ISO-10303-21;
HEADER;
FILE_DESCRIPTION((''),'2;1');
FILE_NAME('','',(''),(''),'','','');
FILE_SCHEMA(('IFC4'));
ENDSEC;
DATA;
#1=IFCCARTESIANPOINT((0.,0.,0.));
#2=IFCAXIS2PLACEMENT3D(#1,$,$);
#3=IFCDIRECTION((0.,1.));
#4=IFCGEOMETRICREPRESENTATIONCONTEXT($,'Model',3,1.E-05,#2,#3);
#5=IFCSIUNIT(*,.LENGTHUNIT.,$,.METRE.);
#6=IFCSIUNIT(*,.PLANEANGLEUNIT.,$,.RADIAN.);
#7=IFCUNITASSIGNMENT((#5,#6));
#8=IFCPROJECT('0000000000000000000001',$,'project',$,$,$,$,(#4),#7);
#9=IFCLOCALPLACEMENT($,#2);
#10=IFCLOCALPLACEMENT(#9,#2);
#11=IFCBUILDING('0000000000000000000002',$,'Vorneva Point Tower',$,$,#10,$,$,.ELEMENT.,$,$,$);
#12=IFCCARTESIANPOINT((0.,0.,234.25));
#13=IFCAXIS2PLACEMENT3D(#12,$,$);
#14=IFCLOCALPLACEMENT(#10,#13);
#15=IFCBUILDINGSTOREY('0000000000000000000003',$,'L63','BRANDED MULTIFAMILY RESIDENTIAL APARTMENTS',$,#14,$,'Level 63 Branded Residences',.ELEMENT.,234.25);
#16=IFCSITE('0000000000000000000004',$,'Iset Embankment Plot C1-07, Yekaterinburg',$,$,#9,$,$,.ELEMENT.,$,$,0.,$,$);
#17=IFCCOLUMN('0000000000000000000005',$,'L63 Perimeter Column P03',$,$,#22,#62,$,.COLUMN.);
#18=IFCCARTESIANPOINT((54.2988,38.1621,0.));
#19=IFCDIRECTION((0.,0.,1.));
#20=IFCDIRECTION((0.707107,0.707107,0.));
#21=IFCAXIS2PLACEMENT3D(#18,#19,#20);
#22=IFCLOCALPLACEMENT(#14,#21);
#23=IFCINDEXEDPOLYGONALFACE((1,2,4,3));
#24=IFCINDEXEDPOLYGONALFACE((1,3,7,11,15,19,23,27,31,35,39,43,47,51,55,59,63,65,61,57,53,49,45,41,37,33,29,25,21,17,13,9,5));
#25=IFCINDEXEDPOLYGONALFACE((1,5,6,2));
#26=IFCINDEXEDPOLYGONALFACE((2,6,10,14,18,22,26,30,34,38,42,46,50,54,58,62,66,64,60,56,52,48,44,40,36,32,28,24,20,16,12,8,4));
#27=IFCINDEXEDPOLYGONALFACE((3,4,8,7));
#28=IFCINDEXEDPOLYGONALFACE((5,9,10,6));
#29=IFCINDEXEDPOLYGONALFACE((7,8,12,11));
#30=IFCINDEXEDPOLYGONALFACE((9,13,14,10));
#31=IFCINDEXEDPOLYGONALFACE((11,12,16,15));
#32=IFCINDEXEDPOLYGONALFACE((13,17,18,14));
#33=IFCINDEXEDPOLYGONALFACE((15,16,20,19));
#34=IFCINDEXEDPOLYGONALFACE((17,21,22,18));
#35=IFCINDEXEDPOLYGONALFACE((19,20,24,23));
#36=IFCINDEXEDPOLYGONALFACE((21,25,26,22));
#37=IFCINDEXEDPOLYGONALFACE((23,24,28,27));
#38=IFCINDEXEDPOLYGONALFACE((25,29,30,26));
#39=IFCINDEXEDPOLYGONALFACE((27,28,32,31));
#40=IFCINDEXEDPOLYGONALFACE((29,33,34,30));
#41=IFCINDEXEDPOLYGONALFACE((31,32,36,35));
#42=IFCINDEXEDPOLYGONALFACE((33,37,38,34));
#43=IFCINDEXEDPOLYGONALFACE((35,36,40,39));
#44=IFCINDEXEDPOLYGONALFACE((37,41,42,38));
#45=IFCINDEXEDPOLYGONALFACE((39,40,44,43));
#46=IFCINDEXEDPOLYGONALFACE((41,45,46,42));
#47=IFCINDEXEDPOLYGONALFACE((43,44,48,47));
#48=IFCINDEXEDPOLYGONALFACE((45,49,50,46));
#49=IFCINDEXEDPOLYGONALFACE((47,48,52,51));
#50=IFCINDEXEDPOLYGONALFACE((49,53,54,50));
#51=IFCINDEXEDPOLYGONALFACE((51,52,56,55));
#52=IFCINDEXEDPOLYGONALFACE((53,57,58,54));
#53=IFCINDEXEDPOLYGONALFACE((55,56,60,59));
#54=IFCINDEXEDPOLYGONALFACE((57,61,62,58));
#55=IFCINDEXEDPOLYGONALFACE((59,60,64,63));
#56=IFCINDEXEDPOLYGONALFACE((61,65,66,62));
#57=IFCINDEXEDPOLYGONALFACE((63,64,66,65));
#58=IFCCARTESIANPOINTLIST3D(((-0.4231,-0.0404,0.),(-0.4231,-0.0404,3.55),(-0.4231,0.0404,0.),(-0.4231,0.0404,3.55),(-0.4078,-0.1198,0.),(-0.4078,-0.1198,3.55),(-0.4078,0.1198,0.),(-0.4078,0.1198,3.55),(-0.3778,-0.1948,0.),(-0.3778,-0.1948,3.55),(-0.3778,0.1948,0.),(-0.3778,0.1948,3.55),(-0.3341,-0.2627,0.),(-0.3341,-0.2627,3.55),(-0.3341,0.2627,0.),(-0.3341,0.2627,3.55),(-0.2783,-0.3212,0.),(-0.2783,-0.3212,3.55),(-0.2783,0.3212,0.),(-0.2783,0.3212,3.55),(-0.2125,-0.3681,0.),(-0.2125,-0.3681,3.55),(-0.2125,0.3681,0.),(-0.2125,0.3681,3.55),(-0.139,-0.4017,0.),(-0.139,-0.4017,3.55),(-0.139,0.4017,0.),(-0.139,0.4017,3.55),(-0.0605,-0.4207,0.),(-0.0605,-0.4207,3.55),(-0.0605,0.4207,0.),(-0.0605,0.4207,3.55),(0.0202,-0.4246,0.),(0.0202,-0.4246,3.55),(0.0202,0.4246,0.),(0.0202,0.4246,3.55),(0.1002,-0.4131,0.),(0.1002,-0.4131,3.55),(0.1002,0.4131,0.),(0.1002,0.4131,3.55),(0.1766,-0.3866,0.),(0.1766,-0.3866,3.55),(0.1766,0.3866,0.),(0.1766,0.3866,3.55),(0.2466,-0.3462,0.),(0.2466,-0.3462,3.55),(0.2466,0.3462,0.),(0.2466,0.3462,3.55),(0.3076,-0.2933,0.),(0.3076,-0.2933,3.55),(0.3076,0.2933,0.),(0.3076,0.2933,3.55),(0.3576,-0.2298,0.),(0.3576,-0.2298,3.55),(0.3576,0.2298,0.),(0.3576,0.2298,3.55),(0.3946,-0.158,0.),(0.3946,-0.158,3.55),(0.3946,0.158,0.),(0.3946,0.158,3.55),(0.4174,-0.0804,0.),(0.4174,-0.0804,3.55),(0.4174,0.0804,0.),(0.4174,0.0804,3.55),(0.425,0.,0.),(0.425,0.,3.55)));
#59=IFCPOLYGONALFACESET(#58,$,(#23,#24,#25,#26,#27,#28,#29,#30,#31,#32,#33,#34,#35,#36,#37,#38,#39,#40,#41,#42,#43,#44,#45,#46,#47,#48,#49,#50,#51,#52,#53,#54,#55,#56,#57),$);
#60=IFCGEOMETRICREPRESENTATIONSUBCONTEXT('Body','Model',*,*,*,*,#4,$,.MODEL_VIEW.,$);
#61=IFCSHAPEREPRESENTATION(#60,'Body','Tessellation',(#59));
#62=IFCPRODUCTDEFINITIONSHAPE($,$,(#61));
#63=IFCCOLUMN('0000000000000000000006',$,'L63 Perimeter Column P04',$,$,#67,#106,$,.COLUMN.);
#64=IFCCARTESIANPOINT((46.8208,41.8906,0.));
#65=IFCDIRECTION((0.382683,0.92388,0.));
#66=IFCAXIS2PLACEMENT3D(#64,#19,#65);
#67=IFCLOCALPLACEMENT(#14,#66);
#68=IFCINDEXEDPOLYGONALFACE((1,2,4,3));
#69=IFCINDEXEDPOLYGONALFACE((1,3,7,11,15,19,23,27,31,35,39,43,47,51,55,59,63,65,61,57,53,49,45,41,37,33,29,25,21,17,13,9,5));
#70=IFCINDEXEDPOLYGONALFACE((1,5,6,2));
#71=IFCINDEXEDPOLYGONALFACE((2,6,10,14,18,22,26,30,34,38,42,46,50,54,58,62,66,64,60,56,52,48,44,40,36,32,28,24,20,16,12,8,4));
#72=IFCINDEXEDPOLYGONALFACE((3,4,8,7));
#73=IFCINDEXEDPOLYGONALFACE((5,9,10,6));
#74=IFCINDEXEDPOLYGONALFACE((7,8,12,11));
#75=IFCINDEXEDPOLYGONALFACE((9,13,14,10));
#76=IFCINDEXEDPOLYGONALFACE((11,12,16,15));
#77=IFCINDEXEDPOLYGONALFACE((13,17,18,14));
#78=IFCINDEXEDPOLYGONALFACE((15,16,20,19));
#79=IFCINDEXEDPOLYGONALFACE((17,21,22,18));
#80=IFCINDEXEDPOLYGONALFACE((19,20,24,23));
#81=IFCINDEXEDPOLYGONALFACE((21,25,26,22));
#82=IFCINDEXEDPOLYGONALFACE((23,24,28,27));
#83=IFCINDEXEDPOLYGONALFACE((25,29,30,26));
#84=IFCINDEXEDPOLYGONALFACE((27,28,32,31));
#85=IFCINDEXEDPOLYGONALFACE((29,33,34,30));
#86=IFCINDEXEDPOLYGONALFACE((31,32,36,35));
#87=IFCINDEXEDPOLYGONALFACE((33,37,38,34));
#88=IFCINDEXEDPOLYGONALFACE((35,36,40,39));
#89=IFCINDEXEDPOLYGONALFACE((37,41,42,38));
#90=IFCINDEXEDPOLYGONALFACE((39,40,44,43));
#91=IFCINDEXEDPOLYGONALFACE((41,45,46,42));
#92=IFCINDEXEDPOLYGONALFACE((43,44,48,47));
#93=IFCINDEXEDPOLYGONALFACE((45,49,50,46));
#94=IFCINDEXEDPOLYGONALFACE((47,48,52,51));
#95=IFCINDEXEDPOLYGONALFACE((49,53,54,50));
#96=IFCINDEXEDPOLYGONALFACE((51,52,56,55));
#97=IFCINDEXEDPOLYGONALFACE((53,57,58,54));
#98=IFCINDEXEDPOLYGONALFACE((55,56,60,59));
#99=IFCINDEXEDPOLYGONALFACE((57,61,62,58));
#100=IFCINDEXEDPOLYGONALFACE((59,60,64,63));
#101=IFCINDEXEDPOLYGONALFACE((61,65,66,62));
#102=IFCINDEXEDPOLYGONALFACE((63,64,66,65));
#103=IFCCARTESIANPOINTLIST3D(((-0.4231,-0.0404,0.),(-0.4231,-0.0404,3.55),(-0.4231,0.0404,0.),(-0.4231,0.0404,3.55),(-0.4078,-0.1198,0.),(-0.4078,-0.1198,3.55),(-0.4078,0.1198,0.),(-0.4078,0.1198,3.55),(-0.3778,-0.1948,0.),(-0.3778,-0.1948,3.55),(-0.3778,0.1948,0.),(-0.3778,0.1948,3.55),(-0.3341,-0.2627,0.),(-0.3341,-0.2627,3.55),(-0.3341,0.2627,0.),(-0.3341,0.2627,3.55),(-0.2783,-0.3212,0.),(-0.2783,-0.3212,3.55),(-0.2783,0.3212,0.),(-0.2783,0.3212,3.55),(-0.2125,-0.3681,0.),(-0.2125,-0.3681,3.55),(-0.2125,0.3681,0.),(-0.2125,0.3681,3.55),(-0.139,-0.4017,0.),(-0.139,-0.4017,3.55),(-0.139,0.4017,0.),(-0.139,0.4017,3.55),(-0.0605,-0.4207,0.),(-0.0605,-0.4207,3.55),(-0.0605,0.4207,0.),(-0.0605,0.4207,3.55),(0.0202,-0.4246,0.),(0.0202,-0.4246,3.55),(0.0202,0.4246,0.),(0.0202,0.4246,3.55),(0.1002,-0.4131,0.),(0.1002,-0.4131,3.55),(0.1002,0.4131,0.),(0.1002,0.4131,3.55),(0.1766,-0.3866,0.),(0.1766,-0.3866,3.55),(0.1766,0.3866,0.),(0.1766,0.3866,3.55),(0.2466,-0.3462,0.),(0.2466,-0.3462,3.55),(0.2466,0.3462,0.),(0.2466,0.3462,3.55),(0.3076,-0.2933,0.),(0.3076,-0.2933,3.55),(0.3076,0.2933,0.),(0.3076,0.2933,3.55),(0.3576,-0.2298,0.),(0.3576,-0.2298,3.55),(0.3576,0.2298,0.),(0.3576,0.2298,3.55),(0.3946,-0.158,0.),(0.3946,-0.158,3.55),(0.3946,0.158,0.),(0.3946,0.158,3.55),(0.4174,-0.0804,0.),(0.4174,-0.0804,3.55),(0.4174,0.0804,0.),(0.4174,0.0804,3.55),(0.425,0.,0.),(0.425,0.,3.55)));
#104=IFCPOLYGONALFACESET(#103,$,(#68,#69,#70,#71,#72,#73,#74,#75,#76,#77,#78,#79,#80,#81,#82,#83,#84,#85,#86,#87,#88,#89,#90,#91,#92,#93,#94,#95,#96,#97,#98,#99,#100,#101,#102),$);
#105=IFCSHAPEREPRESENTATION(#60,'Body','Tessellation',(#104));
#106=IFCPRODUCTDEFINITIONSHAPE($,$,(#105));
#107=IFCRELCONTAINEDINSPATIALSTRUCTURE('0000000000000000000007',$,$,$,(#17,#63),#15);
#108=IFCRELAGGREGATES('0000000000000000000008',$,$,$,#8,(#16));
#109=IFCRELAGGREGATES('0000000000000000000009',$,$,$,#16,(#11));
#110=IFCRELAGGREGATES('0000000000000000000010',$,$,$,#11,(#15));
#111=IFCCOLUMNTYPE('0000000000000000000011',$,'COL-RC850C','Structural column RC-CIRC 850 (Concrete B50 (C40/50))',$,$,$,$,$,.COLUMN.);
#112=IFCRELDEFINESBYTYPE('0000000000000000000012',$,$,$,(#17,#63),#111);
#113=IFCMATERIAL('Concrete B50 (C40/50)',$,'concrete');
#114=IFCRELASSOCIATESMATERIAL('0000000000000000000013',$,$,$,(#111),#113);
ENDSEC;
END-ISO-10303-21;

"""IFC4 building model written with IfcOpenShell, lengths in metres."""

from ifc_helpers import new_model, si_unit, direction, frame, origin, origin_2d, place, context, subcontext, project, spatial, circle, extrude, material, material_profile, profile_set, type_object, element, save


model = new_model("IFC4")

# Units and contexts
model_context = context("Model", 3, precision=1e-05, world=origin(), true_north=direction((0.0, 1.0)))
body_context = subcontext(model_context, "Body", "Model", "MODEL_VIEW")
ifc_project = project(units=[si_unit("LENGTHUNIT", "METRE"), si_unit("PLANEANGLEUNIT", "RADIAN")], contexts=[model_context])

# Site, building, storey
site_placement = place(None, origin())
site = spatial("IfcSite", under=ifc_project, at=site_placement, Name="Iset Embankment Plot C1-07, Yekaterinburg", CompositionType="ELEMENT", RefElevation=0.0)
building_placement = place(site_placement, origin())
building = spatial("IfcBuilding", under=site, at=building_placement, Name="Vorneva Point Tower", CompositionType="ELEMENT")
storey_placement = place(building_placement, frame((0.0, 0.0, 234.25)))
storey = spatial("IfcBuildingStorey", under=building, at=storey_placement, Name="L63", Description="BRANDED MULTIFAMILY RESIDENTIAL APARTMENTS", LongName="Level 63 Branded Residences", CompositionType="ELEMENT", Elevation=234.25)

# Columns
ifc_material_1 = material(Name="Concrete B50 (C40/50)", Category="concrete")
ifc_material_profile_1 = material_profile(ifc_material_1, circle(Radius=0.425, at=origin_2d()), Name="RC-CIRC 850")
ifc_profile_set_1 = profile_set([ifc_material_profile_1], Name="Concrete B50 (C40/50)")
column_type = type_object("IfcColumnType", Name="COL-RC850C", Description="Structural column RC-CIRC 850 (Concrete B50 (C40/50))", PredefinedType="COLUMN", material=ifc_profile_set_1)
for number, where, z_axis, x_axis, name in (
    (1, (54.2988, 38.1621, 0.0), (0.0, 0.0, 1.0), (0.707107, 0.707107, 0.0), "L63 Perimeter Column P03"),
    (2, (46.8208, 41.8906, 0.0), (0.0, 0.0, 1.0), (0.382683, 0.92388, 0.0), "L63 Perimeter Column P04"),
):
    element("IfcColumn", number, at=place(storey_placement, frame(where, z_axis=z_axis, x_axis=x_axis)), inside=storey, type_object=column_type, Name=name, PredefinedType="COLUMN", context=body_context, shape_type="SweptSolid", body=[
        extrude(circle(Radius=0.425, at=origin_2d()), origin(), (0.0, 0.0, 1.0), 3.55),
    ])

save(model, "model.ifc")
